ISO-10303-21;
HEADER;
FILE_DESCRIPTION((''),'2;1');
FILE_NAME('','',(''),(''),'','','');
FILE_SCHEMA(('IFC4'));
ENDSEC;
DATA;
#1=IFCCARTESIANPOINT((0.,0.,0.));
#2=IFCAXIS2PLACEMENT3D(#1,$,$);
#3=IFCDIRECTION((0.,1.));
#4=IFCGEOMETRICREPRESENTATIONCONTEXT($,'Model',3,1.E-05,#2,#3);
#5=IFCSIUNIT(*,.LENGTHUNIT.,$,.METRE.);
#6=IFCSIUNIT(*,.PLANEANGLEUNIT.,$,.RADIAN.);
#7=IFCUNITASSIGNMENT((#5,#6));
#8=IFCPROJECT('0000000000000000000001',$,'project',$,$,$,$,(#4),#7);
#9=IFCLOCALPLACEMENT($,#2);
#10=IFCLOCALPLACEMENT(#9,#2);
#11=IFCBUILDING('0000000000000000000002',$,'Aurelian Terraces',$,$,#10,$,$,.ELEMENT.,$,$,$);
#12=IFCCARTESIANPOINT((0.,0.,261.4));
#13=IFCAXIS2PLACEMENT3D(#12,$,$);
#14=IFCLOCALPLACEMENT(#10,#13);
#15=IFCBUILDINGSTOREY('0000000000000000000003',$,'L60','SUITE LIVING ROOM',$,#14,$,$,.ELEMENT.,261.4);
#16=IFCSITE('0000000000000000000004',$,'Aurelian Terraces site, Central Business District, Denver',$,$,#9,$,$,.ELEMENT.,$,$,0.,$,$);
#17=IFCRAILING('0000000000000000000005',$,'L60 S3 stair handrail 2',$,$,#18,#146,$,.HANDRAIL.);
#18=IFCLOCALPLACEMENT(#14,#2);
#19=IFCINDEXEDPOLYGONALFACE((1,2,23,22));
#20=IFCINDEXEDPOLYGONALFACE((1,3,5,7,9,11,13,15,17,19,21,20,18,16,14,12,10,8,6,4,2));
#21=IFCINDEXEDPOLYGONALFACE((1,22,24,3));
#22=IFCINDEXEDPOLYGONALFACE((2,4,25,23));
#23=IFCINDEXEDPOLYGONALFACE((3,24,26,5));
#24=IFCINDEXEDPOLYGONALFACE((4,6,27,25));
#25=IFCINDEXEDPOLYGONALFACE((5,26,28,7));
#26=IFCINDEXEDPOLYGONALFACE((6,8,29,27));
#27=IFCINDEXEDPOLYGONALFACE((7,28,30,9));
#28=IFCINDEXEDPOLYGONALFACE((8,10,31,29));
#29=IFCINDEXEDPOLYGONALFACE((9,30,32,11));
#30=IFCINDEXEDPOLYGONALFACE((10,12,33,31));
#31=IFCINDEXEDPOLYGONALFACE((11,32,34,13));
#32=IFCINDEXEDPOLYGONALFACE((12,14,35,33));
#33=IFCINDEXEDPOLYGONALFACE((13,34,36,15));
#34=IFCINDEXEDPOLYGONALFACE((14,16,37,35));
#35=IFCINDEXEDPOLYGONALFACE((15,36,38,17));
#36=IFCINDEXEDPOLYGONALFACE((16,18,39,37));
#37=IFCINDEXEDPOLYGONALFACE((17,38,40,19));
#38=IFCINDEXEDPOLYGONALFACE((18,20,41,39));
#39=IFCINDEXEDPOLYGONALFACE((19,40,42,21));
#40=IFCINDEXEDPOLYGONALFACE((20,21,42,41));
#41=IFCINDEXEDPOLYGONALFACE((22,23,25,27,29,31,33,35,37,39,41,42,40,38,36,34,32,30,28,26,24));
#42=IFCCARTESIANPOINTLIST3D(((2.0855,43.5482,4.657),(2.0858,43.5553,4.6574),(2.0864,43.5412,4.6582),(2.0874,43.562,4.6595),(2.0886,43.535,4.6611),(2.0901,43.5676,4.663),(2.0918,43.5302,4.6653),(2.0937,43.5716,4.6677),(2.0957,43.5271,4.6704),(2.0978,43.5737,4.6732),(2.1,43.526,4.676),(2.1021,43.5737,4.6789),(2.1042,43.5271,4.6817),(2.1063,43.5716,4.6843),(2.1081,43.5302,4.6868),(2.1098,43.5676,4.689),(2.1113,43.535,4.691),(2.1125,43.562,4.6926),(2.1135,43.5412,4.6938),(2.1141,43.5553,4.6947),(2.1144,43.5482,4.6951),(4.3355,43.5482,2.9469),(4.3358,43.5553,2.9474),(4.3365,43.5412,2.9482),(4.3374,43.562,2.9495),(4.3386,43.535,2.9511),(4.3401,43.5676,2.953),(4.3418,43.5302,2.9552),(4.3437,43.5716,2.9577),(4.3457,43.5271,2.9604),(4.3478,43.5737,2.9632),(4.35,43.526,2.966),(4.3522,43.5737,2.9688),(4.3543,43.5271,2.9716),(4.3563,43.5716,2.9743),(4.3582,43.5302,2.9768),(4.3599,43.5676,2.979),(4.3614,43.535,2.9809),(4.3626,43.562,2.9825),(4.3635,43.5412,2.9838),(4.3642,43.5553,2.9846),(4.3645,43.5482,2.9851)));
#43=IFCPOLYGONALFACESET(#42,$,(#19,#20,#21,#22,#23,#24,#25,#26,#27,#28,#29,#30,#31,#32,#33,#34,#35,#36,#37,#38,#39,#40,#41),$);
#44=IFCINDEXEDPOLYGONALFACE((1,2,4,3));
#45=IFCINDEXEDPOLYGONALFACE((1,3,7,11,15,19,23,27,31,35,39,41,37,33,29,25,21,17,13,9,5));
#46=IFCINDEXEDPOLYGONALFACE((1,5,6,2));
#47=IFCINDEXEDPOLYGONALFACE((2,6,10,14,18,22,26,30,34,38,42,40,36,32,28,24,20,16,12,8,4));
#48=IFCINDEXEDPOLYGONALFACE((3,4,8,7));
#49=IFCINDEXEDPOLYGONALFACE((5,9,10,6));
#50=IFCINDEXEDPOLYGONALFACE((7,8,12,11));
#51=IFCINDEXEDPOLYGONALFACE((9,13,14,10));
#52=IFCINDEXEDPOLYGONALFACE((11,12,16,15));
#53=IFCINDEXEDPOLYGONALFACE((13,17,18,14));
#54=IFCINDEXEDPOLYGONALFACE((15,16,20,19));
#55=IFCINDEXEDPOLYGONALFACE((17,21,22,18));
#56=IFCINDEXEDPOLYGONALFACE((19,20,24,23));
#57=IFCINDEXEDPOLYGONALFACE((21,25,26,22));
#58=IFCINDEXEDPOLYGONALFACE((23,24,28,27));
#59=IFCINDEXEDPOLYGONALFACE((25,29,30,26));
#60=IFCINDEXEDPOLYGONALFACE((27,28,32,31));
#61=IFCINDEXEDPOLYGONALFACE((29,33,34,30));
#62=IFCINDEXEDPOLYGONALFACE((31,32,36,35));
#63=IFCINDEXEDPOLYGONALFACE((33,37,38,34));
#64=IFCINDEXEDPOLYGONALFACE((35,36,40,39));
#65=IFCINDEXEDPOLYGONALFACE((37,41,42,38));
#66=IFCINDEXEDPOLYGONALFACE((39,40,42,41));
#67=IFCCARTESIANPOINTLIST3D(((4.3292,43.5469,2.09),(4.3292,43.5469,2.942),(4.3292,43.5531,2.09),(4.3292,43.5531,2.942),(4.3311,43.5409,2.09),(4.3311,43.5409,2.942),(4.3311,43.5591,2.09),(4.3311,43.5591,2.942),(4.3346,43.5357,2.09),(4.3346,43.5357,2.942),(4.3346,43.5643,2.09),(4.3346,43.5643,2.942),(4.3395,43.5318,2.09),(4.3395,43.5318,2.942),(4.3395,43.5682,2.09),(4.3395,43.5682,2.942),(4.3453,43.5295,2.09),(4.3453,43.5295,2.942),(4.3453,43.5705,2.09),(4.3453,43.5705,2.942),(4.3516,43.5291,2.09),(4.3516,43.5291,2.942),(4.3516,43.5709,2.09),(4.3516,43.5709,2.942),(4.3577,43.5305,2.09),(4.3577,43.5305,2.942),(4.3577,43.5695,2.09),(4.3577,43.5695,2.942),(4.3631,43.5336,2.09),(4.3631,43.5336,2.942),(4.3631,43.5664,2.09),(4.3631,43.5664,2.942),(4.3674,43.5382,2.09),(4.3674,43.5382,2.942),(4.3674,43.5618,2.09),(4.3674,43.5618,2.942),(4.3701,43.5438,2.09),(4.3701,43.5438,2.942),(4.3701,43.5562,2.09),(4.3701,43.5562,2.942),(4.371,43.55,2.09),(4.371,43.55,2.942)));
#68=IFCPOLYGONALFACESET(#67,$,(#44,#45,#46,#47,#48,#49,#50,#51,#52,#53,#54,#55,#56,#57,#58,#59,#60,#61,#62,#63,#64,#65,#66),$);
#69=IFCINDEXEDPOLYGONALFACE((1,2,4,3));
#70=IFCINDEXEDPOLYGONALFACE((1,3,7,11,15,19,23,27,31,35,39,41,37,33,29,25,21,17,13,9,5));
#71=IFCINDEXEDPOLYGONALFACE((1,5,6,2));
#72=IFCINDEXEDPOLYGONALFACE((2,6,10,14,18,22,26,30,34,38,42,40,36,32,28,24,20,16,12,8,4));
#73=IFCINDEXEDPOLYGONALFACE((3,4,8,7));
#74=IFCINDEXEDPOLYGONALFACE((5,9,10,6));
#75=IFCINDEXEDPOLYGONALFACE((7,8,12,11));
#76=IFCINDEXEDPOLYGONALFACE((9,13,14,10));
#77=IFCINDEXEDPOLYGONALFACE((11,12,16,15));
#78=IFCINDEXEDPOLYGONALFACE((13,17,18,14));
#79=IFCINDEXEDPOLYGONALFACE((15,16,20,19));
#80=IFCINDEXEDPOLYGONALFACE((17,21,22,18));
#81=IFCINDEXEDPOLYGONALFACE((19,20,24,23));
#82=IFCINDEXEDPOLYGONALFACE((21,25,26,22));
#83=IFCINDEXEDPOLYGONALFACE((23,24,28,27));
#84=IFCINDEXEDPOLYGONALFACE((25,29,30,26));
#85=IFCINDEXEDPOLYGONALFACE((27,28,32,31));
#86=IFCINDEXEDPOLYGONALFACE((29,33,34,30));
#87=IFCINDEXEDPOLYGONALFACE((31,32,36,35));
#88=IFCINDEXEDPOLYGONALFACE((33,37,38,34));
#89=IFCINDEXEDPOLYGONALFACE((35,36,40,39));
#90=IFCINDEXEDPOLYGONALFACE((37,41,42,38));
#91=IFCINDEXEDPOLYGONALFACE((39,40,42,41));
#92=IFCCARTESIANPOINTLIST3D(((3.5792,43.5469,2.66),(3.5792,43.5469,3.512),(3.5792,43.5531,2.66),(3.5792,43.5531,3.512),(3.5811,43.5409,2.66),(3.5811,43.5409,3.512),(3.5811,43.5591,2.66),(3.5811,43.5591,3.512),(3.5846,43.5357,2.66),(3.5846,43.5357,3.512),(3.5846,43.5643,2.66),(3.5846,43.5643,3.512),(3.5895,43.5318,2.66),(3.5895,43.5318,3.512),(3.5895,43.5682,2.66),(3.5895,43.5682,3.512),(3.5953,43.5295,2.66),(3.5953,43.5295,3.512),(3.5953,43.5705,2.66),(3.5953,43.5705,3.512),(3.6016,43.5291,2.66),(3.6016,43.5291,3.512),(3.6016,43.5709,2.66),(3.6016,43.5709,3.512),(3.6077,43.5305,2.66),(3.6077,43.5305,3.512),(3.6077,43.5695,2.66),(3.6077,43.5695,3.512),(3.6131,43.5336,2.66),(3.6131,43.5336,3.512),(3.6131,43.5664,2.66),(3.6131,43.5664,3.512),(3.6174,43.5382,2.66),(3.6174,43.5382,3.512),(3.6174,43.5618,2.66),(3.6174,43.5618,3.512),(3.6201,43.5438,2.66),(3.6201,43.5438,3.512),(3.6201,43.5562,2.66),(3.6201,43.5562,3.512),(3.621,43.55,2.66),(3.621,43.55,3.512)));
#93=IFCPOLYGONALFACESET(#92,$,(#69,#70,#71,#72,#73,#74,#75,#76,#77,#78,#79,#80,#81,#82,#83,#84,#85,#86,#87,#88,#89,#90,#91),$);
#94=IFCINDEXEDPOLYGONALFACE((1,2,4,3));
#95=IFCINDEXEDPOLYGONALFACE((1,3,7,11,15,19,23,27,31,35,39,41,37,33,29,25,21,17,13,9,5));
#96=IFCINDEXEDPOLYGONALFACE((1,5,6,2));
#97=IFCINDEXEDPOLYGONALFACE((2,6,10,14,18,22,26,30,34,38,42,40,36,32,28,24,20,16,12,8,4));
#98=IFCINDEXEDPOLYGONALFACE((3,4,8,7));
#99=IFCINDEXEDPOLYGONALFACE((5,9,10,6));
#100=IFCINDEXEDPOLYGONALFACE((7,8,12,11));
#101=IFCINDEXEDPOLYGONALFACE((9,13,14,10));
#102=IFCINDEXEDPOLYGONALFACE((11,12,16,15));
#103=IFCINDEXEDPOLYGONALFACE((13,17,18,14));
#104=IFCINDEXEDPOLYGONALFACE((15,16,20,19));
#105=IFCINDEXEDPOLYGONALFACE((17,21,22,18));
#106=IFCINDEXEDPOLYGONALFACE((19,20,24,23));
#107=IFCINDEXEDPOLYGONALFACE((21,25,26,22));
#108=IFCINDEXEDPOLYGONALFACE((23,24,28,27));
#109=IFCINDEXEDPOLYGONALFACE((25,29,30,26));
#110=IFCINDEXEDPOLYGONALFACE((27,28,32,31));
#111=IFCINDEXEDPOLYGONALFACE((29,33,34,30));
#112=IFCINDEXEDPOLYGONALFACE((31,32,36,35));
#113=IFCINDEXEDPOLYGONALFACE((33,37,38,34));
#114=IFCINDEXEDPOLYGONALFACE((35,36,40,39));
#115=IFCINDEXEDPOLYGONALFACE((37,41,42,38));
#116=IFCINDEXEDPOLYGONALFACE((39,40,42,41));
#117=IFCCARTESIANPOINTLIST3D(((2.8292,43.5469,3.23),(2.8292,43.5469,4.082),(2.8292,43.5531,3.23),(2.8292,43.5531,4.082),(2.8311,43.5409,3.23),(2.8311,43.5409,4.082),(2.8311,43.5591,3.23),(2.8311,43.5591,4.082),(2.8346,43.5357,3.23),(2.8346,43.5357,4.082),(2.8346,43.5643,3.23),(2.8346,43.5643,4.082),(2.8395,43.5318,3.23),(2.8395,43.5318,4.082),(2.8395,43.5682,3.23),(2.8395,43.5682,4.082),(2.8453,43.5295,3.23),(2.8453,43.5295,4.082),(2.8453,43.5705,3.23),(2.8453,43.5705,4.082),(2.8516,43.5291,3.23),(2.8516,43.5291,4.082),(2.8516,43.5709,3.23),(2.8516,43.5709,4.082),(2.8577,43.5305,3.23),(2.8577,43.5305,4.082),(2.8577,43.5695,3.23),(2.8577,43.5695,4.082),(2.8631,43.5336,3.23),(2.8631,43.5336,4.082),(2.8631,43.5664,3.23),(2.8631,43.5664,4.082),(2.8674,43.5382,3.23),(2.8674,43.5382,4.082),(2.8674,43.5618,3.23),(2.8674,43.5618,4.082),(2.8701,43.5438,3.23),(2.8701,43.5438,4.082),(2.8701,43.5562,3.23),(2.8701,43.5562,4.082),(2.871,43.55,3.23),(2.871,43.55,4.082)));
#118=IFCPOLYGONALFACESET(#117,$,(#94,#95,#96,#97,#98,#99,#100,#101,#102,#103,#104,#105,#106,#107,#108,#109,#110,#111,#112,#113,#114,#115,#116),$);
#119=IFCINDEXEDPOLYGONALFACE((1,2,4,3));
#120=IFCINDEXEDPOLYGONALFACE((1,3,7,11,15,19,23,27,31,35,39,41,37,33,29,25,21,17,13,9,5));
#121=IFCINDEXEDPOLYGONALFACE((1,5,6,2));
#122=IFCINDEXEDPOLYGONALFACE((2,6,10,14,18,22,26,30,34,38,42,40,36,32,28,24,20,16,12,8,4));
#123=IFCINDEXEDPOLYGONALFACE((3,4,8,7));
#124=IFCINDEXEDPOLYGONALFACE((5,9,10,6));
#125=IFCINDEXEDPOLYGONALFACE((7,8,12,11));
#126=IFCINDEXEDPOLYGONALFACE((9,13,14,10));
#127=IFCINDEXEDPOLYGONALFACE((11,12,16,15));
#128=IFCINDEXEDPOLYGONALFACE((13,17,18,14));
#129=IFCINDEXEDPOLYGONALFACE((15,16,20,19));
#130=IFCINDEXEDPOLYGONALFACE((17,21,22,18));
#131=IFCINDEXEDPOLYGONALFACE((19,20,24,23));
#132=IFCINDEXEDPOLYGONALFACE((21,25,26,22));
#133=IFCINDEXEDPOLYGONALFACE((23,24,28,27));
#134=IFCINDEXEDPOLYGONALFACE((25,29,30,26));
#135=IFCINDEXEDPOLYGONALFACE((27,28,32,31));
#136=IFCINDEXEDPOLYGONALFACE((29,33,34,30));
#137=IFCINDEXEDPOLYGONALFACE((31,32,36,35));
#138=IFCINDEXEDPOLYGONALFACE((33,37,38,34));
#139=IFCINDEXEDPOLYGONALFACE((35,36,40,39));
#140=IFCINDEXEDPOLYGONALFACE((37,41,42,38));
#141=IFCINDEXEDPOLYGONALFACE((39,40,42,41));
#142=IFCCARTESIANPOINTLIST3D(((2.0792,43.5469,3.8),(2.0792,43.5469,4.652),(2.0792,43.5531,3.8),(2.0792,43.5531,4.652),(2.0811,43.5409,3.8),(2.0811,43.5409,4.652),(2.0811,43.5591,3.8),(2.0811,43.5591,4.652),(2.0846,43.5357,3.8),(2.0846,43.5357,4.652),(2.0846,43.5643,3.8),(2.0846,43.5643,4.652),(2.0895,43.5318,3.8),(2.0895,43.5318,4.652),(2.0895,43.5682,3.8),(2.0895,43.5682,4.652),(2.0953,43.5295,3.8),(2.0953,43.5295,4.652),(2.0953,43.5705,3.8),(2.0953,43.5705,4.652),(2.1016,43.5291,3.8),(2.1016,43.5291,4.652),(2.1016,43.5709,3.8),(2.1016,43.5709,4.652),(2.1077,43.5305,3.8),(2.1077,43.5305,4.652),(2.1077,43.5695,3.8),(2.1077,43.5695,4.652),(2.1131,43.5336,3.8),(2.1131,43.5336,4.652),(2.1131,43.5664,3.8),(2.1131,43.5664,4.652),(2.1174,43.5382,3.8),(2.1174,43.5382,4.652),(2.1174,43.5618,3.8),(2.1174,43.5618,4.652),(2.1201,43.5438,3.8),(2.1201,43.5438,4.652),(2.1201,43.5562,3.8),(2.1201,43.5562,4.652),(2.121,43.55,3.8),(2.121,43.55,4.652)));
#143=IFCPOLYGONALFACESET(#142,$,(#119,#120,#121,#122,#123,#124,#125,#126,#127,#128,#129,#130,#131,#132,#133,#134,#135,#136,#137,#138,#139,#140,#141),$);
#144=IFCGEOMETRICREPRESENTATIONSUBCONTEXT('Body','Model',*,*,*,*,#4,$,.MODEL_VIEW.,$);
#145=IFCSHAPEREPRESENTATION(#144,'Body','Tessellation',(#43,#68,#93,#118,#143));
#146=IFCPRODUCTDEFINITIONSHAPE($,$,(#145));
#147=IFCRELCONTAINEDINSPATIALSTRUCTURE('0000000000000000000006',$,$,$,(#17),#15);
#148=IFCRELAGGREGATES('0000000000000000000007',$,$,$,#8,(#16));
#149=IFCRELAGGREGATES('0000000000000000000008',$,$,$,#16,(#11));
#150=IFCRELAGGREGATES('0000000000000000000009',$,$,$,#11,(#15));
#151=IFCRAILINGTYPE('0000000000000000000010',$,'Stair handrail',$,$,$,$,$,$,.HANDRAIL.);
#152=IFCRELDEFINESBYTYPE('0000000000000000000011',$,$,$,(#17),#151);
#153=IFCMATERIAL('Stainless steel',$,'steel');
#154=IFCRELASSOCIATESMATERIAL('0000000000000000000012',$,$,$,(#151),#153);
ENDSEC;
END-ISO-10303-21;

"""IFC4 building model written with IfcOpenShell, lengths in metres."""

from ifc_helpers import new_model, si_unit, direction, frame, origin, origin_2d, place, context, subcontext, project, spatial, circle, extrude, source, transform, mapped, material, type_object, element, save


model = new_model("IFC4")

# Units and contexts
model_context = context("Model", 3, precision=1e-05, world=origin(), true_north=direction((0.0, 1.0)))
body_context = subcontext(model_context, "Body", "Model", "MODEL_VIEW")
ifc_project = project(units=[si_unit("LENGTHUNIT", "METRE"), si_unit("PLANEANGLEUNIT", "RADIAN")], contexts=[model_context])

# Site, building, storey
site_placement = place(None, origin())
site = spatial("IfcSite", under=ifc_project, at=site_placement, Name="Aurelian Terraces site, Central Business District, Denver", CompositionType="ELEMENT", RefElevation=0.0)
building_placement = place(site_placement, origin())
building = spatial("IfcBuilding", under=site, at=building_placement, Name="Aurelian Terraces", CompositionType="ELEMENT")
storey_placement = place(building_placement, frame((0.0, 0.0, 261.4)))
storey = spatial("IfcBuildingStorey", under=building, at=storey_placement, Name="L60", Description="SUITE LIVING ROOM", CompositionType="ELEMENT", Elevation=261.4)

# Railing
ifc_material_1 = material(Name="Stainless steel", Category="steel")
railing_type = type_object("IfcRailingType", Name="Stair handrail", PredefinedType="HANDRAIL", material=ifc_material_1)
shared_shape_1 = source(origin(), body_context, "Body", "SweptSolid", [
    extrude(circle(Radius=0.024, at=origin_2d()), frame((0.0, 0.0, 0.876), z_axis=(-0.796162, 0.0, 0.605083), x_axis=(0.0, -1.0, 0.0)), (0.0, 0.0, 1.0), 2.8261),
    extrude(circle(Radius=0.021, at=origin_2d()), origin(), (0.0, 0.0, 1.0), 0.852),
    extrude(circle(Radius=0.021, at=origin_2d()), frame((-0.75, 0.0, 0.57)), (0.0, 0.0, 1.0), 0.852),
    extrude(circle(Radius=0.021, at=origin_2d()), frame((-1.5, 0.0, 1.14)), (0.0, 0.0, 1.0), 0.852),
    extrude(circle(Radius=0.021, at=origin_2d()), frame((-2.25, 0.0, 1.71)), (0.0, 0.0, 1.0), 0.852),
])
railing_placement = place(storey_placement, frame((4.35, 43.55, 2.09)))
element("IfcRailing", 1, at=railing_placement, inside=storey, type_object=railing_type, Name="L60 S3 stair handrail 2", PredefinedType="HANDRAIL", context=body_context, shape_type="MappedRepresentation", body=[
    mapped(shared_shape_1, transform((0.0, 0.0, 0.0), scale=1.0)),
])

save(model, "model.ifc")
